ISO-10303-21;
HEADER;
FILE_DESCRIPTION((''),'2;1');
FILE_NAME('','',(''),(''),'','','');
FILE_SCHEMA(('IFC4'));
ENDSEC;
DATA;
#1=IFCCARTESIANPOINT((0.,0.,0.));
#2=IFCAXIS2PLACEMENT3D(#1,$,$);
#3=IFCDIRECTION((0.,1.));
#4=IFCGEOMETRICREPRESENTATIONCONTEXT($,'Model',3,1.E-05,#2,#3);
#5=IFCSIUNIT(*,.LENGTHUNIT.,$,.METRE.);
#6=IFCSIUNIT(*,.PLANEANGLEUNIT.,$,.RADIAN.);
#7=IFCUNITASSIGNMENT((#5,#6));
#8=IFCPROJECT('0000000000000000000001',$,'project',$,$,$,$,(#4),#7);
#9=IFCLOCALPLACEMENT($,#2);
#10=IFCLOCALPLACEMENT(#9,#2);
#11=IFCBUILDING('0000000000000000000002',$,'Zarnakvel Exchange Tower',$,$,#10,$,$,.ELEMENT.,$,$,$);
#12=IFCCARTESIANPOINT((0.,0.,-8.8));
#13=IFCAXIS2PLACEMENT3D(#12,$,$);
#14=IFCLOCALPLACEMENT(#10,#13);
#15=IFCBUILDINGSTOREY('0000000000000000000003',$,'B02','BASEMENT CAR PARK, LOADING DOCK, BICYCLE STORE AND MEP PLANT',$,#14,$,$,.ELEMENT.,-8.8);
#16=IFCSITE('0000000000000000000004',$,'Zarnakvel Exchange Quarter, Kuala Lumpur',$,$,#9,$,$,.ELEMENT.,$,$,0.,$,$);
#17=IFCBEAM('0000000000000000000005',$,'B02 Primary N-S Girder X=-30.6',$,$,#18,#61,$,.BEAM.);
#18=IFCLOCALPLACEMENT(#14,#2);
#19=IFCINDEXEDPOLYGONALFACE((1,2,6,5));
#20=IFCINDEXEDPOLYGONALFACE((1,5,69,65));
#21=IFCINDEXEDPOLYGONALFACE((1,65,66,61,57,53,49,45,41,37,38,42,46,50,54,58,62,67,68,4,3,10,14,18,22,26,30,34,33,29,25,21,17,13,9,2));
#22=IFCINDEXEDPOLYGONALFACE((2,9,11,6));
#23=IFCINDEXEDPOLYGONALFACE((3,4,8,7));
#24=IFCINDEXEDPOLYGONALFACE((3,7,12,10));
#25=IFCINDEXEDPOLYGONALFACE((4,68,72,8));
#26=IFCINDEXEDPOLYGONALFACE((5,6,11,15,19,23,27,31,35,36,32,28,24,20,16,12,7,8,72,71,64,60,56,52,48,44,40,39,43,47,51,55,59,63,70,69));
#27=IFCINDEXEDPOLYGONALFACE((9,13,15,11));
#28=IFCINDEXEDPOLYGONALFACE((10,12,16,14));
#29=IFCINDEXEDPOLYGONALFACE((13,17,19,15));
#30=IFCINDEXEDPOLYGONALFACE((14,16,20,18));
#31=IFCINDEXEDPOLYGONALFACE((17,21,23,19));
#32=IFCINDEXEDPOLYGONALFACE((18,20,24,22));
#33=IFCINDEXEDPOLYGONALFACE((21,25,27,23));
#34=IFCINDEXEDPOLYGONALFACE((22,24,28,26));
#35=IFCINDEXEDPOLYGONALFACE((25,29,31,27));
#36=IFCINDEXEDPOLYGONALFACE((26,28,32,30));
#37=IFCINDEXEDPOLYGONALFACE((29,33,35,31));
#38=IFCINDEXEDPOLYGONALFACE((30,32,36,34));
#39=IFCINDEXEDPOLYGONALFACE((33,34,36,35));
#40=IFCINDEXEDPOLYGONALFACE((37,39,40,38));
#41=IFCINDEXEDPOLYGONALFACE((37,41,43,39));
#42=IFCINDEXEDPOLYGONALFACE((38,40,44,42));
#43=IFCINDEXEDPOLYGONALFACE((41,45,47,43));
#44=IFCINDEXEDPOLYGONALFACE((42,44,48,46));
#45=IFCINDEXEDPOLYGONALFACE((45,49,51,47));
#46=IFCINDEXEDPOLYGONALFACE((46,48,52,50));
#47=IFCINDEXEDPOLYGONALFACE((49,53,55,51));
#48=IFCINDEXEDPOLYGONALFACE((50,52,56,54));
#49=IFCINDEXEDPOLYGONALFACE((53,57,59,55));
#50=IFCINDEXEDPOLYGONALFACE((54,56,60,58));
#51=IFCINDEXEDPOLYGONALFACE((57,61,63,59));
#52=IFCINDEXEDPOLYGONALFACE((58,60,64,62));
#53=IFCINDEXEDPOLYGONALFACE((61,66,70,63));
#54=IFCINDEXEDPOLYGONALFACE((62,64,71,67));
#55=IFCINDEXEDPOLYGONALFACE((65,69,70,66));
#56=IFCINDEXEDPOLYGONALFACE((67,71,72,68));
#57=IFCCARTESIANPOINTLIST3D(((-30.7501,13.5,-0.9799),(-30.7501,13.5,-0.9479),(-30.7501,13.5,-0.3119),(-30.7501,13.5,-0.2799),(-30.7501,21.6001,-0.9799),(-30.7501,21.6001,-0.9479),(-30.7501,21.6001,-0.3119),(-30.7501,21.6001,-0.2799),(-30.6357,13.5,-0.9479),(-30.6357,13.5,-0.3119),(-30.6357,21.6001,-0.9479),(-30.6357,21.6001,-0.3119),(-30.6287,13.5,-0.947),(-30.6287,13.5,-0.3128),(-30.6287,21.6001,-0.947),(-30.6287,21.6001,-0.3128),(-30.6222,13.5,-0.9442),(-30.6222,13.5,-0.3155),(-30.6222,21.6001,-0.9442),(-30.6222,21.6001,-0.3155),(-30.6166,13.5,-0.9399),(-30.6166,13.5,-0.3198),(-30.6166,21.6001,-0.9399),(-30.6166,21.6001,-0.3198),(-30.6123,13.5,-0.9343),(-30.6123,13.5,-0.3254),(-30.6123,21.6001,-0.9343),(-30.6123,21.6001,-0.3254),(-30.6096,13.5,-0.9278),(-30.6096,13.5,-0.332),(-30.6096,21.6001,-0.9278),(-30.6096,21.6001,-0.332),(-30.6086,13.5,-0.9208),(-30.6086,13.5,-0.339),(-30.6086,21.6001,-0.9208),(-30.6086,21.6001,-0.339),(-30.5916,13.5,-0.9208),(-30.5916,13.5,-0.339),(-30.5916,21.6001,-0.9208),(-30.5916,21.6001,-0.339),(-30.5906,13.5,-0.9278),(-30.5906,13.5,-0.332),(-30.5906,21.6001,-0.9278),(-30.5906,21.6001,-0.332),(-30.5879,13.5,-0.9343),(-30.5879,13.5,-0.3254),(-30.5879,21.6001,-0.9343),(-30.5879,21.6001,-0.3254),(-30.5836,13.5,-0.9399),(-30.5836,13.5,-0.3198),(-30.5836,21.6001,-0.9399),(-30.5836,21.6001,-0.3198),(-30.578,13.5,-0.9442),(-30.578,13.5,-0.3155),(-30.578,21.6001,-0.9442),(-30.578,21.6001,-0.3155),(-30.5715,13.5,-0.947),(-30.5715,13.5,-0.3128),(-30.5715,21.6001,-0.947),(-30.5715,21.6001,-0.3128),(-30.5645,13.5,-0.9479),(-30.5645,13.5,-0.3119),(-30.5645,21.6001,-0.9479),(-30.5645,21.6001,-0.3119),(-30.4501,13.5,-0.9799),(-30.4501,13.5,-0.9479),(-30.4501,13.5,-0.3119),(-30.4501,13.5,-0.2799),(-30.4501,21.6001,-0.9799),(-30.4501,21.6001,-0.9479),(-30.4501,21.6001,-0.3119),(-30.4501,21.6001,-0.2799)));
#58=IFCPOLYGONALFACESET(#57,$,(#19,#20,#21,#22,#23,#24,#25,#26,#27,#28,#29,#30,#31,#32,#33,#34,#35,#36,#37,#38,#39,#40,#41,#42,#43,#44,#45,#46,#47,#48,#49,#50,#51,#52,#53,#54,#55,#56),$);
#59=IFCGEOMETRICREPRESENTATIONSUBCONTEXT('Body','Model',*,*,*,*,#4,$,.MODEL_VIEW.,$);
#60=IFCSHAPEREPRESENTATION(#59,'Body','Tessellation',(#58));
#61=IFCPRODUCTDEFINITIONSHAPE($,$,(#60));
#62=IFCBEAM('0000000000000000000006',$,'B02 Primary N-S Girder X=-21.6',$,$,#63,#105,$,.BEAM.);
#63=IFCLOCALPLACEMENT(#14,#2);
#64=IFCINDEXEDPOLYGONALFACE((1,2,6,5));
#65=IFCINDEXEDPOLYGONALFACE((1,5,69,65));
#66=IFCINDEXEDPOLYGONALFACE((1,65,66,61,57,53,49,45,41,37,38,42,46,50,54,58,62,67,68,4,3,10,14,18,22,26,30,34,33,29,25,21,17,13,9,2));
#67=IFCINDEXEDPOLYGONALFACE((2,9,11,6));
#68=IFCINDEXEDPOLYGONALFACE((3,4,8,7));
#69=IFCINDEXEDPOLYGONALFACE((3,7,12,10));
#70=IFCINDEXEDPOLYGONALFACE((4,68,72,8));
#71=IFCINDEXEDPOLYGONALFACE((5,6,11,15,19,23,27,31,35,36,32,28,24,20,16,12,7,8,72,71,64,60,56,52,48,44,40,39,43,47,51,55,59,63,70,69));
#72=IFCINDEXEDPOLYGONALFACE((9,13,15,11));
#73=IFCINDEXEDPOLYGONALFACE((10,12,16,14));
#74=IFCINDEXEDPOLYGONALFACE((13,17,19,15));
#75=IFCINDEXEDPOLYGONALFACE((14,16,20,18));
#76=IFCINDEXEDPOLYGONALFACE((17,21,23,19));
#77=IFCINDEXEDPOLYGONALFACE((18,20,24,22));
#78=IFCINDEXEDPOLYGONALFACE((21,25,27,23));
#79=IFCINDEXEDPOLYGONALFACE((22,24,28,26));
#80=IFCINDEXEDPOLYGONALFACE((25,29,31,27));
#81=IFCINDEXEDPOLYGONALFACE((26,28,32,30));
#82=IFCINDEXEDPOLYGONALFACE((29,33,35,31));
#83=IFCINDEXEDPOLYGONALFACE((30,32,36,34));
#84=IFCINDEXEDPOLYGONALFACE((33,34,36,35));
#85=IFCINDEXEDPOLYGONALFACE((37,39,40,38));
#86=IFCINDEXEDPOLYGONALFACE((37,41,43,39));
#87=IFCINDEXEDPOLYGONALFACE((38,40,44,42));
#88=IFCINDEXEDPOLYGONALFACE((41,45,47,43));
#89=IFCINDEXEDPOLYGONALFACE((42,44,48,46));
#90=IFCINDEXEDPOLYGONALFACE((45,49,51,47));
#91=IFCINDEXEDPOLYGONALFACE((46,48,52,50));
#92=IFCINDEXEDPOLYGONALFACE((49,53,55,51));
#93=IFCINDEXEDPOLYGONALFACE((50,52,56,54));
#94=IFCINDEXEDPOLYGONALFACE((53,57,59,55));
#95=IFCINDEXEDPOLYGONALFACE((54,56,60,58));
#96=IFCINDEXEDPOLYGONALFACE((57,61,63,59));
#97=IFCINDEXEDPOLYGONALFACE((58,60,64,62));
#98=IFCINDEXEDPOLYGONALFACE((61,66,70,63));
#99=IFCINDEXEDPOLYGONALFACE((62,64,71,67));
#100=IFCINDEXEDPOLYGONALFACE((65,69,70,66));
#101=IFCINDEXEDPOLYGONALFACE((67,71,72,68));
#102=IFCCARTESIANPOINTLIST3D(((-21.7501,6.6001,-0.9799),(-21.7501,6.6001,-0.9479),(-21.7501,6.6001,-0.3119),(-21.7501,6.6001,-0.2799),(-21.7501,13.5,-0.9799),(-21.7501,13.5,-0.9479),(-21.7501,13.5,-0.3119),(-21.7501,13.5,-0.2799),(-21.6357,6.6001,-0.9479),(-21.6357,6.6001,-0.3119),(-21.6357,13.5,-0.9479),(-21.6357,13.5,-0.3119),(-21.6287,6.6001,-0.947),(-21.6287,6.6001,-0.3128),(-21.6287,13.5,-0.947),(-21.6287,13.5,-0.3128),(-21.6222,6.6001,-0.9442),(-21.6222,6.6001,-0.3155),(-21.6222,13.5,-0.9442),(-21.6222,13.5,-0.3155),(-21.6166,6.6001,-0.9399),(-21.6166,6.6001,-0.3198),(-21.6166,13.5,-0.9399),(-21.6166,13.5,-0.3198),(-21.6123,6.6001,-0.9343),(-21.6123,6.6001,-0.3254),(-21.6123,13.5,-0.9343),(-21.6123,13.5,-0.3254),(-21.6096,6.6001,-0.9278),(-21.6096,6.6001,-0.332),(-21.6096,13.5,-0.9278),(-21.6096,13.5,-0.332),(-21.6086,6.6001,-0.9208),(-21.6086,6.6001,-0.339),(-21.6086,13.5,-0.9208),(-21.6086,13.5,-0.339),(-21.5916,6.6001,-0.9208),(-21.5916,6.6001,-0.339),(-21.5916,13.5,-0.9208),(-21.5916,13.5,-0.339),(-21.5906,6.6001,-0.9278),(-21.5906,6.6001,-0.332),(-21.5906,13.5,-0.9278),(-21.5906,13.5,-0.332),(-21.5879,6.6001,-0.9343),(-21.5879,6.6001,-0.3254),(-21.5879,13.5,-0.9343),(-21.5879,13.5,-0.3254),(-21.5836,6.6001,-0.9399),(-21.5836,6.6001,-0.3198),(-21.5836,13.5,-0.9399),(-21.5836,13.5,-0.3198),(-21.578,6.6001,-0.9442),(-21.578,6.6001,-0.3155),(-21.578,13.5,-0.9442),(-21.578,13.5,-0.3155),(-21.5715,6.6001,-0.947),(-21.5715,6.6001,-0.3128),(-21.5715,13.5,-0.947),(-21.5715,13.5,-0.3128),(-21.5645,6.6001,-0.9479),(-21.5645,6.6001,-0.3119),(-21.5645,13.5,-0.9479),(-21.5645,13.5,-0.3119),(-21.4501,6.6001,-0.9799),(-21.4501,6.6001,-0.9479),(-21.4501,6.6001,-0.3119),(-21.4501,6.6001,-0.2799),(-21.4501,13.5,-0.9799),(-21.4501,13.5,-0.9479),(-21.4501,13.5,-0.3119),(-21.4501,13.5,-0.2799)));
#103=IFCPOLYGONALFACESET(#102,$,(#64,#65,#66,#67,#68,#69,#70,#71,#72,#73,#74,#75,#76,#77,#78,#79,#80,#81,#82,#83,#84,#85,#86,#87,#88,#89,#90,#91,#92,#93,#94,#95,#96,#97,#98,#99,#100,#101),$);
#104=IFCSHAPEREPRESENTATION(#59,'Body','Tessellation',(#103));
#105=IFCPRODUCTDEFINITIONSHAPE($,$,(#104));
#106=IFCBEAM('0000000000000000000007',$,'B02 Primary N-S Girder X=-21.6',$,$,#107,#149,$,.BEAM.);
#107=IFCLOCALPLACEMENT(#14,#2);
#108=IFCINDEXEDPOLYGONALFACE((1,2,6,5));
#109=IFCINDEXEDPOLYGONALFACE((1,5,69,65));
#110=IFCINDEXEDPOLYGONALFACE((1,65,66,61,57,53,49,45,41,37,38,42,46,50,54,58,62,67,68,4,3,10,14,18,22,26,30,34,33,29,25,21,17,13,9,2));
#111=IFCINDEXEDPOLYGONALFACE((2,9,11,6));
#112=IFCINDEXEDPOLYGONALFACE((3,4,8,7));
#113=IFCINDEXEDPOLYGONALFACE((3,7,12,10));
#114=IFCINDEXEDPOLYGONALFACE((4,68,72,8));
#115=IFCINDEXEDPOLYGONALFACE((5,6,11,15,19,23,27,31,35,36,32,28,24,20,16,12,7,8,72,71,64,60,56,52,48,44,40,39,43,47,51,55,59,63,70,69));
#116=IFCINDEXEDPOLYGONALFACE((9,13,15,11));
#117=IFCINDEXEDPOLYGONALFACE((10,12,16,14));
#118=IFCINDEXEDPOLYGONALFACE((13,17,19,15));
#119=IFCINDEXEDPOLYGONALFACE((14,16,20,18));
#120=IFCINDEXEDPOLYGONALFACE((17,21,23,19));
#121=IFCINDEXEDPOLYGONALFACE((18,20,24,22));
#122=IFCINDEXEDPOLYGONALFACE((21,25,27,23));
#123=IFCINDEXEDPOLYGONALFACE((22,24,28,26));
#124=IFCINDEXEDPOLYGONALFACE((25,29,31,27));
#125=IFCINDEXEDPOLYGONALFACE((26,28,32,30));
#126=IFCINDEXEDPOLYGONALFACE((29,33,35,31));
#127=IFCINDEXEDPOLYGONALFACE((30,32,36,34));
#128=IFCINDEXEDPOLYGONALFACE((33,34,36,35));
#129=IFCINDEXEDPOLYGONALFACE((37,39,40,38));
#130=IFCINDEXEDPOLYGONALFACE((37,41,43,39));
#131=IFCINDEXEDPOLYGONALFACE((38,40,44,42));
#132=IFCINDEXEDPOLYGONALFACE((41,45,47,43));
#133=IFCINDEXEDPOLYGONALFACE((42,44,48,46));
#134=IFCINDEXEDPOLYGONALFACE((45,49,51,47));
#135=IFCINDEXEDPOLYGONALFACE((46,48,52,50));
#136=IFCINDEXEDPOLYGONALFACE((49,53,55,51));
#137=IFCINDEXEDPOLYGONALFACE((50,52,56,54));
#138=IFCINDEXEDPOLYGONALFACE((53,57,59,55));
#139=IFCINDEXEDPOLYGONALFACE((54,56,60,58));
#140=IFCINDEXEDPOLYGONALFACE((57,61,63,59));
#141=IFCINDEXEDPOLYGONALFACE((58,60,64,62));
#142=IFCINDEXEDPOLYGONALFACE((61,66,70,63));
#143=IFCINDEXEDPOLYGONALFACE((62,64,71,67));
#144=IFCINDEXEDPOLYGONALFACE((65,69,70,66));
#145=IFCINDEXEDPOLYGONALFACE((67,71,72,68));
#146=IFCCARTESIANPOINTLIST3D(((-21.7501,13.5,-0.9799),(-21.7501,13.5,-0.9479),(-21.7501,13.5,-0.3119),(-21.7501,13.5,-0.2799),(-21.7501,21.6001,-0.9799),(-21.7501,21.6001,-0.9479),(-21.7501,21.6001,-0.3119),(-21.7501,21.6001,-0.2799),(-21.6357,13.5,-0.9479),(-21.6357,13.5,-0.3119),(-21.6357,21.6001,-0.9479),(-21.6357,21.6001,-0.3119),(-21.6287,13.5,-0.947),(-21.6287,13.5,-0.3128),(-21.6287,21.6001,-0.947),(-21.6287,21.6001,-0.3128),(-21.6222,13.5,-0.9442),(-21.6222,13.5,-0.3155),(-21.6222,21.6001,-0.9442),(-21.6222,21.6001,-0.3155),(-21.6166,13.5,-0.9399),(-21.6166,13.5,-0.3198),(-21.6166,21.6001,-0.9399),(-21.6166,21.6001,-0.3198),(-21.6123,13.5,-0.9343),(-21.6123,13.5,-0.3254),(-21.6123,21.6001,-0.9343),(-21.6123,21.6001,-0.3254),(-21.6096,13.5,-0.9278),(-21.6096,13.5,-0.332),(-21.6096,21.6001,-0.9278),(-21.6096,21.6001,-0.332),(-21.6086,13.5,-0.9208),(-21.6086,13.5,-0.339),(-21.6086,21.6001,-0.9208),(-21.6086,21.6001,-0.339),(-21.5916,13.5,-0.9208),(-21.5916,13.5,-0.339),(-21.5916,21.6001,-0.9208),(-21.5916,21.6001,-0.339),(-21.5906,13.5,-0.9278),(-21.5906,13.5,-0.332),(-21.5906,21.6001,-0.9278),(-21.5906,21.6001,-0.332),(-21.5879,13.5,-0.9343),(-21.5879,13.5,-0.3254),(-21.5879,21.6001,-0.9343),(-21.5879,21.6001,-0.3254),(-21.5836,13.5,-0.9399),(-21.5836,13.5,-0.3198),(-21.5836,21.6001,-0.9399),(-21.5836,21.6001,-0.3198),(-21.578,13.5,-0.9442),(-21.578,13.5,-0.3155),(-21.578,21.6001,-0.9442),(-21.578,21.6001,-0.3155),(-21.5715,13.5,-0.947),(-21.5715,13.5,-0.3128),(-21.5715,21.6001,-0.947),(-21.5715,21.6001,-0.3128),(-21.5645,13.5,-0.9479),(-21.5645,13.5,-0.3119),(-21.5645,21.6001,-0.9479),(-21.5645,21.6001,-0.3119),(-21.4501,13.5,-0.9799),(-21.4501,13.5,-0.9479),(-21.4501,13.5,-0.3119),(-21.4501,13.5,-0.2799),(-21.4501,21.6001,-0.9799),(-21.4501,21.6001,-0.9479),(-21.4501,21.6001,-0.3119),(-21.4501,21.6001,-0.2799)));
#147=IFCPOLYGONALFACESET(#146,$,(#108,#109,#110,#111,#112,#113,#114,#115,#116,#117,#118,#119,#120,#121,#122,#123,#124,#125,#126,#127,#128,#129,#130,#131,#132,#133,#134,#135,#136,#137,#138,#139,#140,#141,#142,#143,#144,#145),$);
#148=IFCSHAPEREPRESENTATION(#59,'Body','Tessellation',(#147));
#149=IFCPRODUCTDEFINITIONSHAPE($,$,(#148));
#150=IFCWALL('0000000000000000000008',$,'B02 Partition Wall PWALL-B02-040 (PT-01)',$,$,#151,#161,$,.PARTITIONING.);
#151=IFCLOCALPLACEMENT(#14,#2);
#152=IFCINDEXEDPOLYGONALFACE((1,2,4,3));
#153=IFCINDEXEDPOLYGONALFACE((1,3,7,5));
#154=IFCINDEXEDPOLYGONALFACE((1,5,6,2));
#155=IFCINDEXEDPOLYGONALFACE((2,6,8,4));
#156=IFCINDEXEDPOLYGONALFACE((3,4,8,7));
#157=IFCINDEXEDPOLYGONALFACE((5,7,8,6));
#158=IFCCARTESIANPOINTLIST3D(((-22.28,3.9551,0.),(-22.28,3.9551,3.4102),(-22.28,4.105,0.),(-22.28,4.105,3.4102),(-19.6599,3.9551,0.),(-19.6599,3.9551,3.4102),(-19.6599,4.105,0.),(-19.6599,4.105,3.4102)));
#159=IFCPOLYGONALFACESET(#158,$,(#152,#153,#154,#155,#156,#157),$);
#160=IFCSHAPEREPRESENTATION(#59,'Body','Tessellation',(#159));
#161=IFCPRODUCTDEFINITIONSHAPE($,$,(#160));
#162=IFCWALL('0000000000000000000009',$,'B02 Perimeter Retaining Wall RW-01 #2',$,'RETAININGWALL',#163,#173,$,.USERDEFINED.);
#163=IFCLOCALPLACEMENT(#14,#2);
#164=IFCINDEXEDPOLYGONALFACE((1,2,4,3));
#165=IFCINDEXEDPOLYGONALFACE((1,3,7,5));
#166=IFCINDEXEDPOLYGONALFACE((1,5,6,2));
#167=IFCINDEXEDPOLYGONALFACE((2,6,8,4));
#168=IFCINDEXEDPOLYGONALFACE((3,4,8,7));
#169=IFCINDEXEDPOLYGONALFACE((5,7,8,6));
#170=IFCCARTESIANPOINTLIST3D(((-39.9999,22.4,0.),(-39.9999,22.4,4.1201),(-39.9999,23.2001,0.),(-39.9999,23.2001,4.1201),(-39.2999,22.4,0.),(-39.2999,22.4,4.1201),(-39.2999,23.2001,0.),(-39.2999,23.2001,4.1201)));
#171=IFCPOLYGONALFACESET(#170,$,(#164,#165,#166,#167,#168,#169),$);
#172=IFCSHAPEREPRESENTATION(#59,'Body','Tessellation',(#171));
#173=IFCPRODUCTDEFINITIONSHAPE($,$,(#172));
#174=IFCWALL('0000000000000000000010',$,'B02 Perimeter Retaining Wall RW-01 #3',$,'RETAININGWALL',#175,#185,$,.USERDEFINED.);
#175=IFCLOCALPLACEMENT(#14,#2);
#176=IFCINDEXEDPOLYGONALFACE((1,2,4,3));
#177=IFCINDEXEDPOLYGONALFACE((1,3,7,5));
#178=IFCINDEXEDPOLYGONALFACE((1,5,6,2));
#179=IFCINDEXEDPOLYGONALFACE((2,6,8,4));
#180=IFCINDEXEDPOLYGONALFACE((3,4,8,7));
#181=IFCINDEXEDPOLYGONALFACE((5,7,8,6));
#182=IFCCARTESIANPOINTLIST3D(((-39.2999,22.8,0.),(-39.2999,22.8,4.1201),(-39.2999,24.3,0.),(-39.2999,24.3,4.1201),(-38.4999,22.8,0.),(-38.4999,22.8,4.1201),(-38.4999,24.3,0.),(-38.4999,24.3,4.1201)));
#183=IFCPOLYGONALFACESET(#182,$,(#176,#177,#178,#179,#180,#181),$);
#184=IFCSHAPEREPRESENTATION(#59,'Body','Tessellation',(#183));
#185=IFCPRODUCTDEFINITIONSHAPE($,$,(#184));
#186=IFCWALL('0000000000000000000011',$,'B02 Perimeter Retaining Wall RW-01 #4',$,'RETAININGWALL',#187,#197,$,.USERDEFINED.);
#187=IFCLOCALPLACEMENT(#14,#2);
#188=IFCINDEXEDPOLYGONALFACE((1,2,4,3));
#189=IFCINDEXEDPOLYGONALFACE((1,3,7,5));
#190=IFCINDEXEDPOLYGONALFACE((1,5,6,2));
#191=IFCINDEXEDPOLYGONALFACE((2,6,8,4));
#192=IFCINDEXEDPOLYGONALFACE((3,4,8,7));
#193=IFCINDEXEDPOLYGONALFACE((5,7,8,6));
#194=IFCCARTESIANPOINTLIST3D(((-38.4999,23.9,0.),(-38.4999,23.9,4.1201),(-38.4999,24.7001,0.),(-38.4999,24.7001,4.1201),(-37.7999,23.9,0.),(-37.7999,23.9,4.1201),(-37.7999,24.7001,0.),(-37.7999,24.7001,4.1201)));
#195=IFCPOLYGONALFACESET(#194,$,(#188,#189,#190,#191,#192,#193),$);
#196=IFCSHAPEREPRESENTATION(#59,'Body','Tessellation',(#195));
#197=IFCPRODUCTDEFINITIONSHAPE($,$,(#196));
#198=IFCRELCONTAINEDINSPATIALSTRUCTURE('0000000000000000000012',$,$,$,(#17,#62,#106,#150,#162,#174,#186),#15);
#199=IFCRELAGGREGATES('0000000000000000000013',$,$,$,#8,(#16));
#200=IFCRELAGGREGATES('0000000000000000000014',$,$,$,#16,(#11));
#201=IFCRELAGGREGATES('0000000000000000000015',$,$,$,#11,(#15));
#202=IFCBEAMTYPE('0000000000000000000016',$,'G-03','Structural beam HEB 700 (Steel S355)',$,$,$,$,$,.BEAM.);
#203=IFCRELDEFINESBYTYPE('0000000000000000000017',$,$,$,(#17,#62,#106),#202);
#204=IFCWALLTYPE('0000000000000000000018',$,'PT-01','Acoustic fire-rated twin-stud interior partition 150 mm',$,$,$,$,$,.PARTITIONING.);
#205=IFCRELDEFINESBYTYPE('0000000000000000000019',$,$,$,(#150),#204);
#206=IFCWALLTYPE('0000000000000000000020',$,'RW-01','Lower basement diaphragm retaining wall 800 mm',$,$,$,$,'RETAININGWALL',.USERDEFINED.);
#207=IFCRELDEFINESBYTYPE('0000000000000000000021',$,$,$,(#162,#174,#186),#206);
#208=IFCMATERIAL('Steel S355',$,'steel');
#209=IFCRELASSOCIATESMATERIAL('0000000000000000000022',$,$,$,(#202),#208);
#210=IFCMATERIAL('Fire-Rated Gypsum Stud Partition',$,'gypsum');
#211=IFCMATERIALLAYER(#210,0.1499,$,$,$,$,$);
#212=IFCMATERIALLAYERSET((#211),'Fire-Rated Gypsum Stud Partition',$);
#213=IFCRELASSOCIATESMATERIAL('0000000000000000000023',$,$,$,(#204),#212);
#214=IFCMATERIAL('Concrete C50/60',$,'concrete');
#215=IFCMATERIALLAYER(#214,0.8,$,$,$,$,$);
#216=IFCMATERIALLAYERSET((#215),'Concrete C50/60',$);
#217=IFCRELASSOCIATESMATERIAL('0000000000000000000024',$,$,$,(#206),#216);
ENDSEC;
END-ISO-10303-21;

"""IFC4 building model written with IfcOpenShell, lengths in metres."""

from ifc_helpers import new_model, si_unit, direction, frame, frame_2d, origin, origin_2d, place, context, subcontext, project, spatial, rectangle, i_section, extrude, material, layer, layer_set, material_profile, profile_set, type_object, element, save


model = new_model("IFC4")

# Units and contexts
model_context = context("Model", 3, precision=1e-05, world=origin(), true_north=direction((0.0, 1.0)))
body_context = subcontext(model_context, "Body", "Model", "MODEL_VIEW")
ifc_project = project(units=[si_unit("LENGTHUNIT", "METRE"), si_unit("PLANEANGLEUNIT", "RADIAN")], contexts=[model_context])

# Site, building, storey
site_placement = place(None, origin())
site = spatial("IfcSite", under=ifc_project, at=site_placement, Name="Zarnakvel Exchange Quarter, Kuala Lumpur", CompositionType="ELEMENT", RefElevation=0.0)
building_placement = place(site_placement, origin())
building = spatial("IfcBuilding", under=site, at=building_placement, Name="Zarnakvel Exchange Tower", CompositionType="ELEMENT")
storey_placement = place(building_placement, frame((0.0, 0.0, -8.8)))
storey = spatial("IfcBuildingStorey", under=building, at=storey_placement, Name="B02", Description="BASEMENT CAR PARK, LOADING DOCK, BICYCLE STORE AND MEP PLANT", CompositionType="ELEMENT", Elevation=-8.8)

# Shared definitions
ifc_material_1 = material(Name="Concrete C50/60", Category="concrete")

# Beams
ifc_material_2 = material(Name="Steel S355", Category="steel")
ifc_material_profile_1 = material_profile(ifc_material_2, i_section(OverallWidth=0.3, OverallDepth=0.7, WebThickness=0.0171, FlangeThickness=0.032, FilletRadius=0.0271, at=origin_2d()))
ifc_profile_set_1 = profile_set([ifc_material_profile_1], Name="Steel S355")
beam_type_1 = type_object("IfcBeamType", Name="G-03", Description="Structural beam HEB 700 (Steel S355)", PredefinedType="BEAM", material=ifc_profile_set_1)
beam_1_placement = place(storey_placement, frame((-30.6001, 13.5, -0.6299), z_axis=(0.0, 1.0, 0.0), x_axis=(-1.0, 0.0, 0.0)))
element("IfcBeam", 1, at=beam_1_placement, inside=storey, type_object=beam_type_1, Name="B02 Primary N-S Girder X=-30.6", PredefinedType="BEAM", context=body_context, shape_type="SweptSolid", body=[
    extrude(i_section(OverallWidth=0.3, OverallDepth=0.7, WebThickness=0.0171, FlangeThickness=0.032, FilletRadius=0.0271, at=origin_2d()), origin(), (0.0, 0.0, 1.0), 8.1001),
])
beam_2_placement = place(storey_placement, frame((-21.6001, 6.6001, -0.6299), z_axis=(0.0, 1.0, 0.0), x_axis=(-1.0, 0.0, 0.0)))
element("IfcBeam", 2, at=beam_2_placement, inside=storey, type_object=beam_type_1, Name="B02 Primary N-S Girder X=-21.6", PredefinedType="BEAM", context=body_context, shape_type="SweptSolid", body=[
    extrude(i_section(OverallWidth=0.3, OverallDepth=0.7, WebThickness=0.0171, FlangeThickness=0.032, FilletRadius=0.0271, at=origin_2d()), origin(), (0.0, 0.0, 1.0), 6.8999),
])
beam_3_placement = place(storey_placement, frame((-21.6001, 13.5, -0.6299), z_axis=(0.0, 1.0, 0.0), x_axis=(-1.0, 0.0, 0.0)))
element("IfcBeam", 3, at=beam_3_placement, inside=storey, type_object=beam_type_1, Name="B02 Primary N-S Girder X=-21.6", PredefinedType="BEAM", context=body_context, shape_type="SweptSolid", body=[
    extrude(i_section(OverallWidth=0.3, OverallDepth=0.7, WebThickness=0.0171, FlangeThickness=0.032, FilletRadius=0.0271, at=origin_2d()), origin(), (0.0, 0.0, 1.0), 8.1001),
])

# Walls
ifc_material_3 = material(Name="Fire-Rated Gypsum Stud Partition", Category="gypsum")
ifc_layer_1 = layer(ifc_material_3, 0.1499)
ifc_layer_set_1 = layer_set([ifc_layer_1], Name="Fire-Rated Gypsum Stud Partition")
wall_type_1 = type_object("IfcWallType", Name="PT-01", Description="Acoustic fire-rated twin-stud interior partition 150 mm", PredefinedType="PARTITIONING", material=ifc_layer_set_1)
wall_1_placement = place(storey_placement, frame((-22.28, 4.03, 0.0), z_axis=(0.0, 0.0, 1.0), x_axis=(1.0, 0.0, 0.0)))
element("IfcWall", 4, at=wall_1_placement, inside=storey, type_object=wall_type_1, Name="B02 Partition Wall PWALL-B02-040 (PT-01)", PredefinedType="PARTITIONING", context=body_context, shape_type="SweptSolid", body=[
    extrude(rectangle(XDim=2.6201, YDim=0.1499, at=frame_2d((1.3101, 0.0))), origin(), (0.0, 0.0, 1.0), 3.4102),
])
ifc_layer_2 = layer(ifc_material_1, 0.8)
ifc_layer_set_2 = layer_set([ifc_layer_2], Name="Concrete C50/60")
wall_type_2 = type_object("IfcWallType", Name="RW-01", Description="Lower basement diaphragm retaining wall 800 mm", ElementType="RETAININGWALL", PredefinedType="USERDEFINED", material=ifc_layer_set_2)
wall_2_placement = place(storey_placement, frame((-40.0, 22.8, 0.0), z_axis=(0.0, 0.0, 1.0), x_axis=(1.0, 0.0, 0.0)))
element("IfcWall", 5, at=wall_2_placement, inside=storey, type_object=wall_type_2, Name="B02 Perimeter Retaining Wall RW-01 #2", ObjectType="RETAININGWALL", PredefinedType="USERDEFINED", context=body_context, shape_type="SweptSolid", body=[
    extrude(rectangle(XDim=0.7, YDim=0.8, at=frame_2d((0.3501, 0.0))), origin(), (0.0, 0.0, 1.0), 4.1201),
])
wall_3_placement = place(storey_placement, frame((-38.8999, 22.8, 0.0), z_axis=(0.0, 0.0, 1.0), x_axis=(0.0, 1.0, 0.0)))
element("IfcWall", 6, at=wall_3_placement, inside=storey, type_object=wall_type_2, Name="B02 Perimeter Retaining Wall RW-01 #3", ObjectType="RETAININGWALL", PredefinedType="USERDEFINED", context=body_context, shape_type="SweptSolid", body=[
    extrude(rectangle(XDim=1.5, YDim=0.8, at=frame_2d((0.75, 0.0))), origin(), (0.0, 0.0, 1.0), 4.1201),
])
wall_4_placement = place(storey_placement, frame((-38.5, 24.3, 0.0), z_axis=(0.0, 0.0, 1.0), x_axis=(1.0, 0.0, 0.0)))
element("IfcWall", 7, at=wall_4_placement, inside=storey, type_object=wall_type_2, Name="B02 Perimeter Retaining Wall RW-01 #4", ObjectType="RETAININGWALL", PredefinedType="USERDEFINED", context=body_context, shape_type="SweptSolid", body=[
    extrude(rectangle(XDim=0.7, YDim=0.8, at=frame_2d((0.3501, 0.0))), origin(), (0.0, 0.0, 1.0), 4.1201),
])

save(model, "model.ifc")
